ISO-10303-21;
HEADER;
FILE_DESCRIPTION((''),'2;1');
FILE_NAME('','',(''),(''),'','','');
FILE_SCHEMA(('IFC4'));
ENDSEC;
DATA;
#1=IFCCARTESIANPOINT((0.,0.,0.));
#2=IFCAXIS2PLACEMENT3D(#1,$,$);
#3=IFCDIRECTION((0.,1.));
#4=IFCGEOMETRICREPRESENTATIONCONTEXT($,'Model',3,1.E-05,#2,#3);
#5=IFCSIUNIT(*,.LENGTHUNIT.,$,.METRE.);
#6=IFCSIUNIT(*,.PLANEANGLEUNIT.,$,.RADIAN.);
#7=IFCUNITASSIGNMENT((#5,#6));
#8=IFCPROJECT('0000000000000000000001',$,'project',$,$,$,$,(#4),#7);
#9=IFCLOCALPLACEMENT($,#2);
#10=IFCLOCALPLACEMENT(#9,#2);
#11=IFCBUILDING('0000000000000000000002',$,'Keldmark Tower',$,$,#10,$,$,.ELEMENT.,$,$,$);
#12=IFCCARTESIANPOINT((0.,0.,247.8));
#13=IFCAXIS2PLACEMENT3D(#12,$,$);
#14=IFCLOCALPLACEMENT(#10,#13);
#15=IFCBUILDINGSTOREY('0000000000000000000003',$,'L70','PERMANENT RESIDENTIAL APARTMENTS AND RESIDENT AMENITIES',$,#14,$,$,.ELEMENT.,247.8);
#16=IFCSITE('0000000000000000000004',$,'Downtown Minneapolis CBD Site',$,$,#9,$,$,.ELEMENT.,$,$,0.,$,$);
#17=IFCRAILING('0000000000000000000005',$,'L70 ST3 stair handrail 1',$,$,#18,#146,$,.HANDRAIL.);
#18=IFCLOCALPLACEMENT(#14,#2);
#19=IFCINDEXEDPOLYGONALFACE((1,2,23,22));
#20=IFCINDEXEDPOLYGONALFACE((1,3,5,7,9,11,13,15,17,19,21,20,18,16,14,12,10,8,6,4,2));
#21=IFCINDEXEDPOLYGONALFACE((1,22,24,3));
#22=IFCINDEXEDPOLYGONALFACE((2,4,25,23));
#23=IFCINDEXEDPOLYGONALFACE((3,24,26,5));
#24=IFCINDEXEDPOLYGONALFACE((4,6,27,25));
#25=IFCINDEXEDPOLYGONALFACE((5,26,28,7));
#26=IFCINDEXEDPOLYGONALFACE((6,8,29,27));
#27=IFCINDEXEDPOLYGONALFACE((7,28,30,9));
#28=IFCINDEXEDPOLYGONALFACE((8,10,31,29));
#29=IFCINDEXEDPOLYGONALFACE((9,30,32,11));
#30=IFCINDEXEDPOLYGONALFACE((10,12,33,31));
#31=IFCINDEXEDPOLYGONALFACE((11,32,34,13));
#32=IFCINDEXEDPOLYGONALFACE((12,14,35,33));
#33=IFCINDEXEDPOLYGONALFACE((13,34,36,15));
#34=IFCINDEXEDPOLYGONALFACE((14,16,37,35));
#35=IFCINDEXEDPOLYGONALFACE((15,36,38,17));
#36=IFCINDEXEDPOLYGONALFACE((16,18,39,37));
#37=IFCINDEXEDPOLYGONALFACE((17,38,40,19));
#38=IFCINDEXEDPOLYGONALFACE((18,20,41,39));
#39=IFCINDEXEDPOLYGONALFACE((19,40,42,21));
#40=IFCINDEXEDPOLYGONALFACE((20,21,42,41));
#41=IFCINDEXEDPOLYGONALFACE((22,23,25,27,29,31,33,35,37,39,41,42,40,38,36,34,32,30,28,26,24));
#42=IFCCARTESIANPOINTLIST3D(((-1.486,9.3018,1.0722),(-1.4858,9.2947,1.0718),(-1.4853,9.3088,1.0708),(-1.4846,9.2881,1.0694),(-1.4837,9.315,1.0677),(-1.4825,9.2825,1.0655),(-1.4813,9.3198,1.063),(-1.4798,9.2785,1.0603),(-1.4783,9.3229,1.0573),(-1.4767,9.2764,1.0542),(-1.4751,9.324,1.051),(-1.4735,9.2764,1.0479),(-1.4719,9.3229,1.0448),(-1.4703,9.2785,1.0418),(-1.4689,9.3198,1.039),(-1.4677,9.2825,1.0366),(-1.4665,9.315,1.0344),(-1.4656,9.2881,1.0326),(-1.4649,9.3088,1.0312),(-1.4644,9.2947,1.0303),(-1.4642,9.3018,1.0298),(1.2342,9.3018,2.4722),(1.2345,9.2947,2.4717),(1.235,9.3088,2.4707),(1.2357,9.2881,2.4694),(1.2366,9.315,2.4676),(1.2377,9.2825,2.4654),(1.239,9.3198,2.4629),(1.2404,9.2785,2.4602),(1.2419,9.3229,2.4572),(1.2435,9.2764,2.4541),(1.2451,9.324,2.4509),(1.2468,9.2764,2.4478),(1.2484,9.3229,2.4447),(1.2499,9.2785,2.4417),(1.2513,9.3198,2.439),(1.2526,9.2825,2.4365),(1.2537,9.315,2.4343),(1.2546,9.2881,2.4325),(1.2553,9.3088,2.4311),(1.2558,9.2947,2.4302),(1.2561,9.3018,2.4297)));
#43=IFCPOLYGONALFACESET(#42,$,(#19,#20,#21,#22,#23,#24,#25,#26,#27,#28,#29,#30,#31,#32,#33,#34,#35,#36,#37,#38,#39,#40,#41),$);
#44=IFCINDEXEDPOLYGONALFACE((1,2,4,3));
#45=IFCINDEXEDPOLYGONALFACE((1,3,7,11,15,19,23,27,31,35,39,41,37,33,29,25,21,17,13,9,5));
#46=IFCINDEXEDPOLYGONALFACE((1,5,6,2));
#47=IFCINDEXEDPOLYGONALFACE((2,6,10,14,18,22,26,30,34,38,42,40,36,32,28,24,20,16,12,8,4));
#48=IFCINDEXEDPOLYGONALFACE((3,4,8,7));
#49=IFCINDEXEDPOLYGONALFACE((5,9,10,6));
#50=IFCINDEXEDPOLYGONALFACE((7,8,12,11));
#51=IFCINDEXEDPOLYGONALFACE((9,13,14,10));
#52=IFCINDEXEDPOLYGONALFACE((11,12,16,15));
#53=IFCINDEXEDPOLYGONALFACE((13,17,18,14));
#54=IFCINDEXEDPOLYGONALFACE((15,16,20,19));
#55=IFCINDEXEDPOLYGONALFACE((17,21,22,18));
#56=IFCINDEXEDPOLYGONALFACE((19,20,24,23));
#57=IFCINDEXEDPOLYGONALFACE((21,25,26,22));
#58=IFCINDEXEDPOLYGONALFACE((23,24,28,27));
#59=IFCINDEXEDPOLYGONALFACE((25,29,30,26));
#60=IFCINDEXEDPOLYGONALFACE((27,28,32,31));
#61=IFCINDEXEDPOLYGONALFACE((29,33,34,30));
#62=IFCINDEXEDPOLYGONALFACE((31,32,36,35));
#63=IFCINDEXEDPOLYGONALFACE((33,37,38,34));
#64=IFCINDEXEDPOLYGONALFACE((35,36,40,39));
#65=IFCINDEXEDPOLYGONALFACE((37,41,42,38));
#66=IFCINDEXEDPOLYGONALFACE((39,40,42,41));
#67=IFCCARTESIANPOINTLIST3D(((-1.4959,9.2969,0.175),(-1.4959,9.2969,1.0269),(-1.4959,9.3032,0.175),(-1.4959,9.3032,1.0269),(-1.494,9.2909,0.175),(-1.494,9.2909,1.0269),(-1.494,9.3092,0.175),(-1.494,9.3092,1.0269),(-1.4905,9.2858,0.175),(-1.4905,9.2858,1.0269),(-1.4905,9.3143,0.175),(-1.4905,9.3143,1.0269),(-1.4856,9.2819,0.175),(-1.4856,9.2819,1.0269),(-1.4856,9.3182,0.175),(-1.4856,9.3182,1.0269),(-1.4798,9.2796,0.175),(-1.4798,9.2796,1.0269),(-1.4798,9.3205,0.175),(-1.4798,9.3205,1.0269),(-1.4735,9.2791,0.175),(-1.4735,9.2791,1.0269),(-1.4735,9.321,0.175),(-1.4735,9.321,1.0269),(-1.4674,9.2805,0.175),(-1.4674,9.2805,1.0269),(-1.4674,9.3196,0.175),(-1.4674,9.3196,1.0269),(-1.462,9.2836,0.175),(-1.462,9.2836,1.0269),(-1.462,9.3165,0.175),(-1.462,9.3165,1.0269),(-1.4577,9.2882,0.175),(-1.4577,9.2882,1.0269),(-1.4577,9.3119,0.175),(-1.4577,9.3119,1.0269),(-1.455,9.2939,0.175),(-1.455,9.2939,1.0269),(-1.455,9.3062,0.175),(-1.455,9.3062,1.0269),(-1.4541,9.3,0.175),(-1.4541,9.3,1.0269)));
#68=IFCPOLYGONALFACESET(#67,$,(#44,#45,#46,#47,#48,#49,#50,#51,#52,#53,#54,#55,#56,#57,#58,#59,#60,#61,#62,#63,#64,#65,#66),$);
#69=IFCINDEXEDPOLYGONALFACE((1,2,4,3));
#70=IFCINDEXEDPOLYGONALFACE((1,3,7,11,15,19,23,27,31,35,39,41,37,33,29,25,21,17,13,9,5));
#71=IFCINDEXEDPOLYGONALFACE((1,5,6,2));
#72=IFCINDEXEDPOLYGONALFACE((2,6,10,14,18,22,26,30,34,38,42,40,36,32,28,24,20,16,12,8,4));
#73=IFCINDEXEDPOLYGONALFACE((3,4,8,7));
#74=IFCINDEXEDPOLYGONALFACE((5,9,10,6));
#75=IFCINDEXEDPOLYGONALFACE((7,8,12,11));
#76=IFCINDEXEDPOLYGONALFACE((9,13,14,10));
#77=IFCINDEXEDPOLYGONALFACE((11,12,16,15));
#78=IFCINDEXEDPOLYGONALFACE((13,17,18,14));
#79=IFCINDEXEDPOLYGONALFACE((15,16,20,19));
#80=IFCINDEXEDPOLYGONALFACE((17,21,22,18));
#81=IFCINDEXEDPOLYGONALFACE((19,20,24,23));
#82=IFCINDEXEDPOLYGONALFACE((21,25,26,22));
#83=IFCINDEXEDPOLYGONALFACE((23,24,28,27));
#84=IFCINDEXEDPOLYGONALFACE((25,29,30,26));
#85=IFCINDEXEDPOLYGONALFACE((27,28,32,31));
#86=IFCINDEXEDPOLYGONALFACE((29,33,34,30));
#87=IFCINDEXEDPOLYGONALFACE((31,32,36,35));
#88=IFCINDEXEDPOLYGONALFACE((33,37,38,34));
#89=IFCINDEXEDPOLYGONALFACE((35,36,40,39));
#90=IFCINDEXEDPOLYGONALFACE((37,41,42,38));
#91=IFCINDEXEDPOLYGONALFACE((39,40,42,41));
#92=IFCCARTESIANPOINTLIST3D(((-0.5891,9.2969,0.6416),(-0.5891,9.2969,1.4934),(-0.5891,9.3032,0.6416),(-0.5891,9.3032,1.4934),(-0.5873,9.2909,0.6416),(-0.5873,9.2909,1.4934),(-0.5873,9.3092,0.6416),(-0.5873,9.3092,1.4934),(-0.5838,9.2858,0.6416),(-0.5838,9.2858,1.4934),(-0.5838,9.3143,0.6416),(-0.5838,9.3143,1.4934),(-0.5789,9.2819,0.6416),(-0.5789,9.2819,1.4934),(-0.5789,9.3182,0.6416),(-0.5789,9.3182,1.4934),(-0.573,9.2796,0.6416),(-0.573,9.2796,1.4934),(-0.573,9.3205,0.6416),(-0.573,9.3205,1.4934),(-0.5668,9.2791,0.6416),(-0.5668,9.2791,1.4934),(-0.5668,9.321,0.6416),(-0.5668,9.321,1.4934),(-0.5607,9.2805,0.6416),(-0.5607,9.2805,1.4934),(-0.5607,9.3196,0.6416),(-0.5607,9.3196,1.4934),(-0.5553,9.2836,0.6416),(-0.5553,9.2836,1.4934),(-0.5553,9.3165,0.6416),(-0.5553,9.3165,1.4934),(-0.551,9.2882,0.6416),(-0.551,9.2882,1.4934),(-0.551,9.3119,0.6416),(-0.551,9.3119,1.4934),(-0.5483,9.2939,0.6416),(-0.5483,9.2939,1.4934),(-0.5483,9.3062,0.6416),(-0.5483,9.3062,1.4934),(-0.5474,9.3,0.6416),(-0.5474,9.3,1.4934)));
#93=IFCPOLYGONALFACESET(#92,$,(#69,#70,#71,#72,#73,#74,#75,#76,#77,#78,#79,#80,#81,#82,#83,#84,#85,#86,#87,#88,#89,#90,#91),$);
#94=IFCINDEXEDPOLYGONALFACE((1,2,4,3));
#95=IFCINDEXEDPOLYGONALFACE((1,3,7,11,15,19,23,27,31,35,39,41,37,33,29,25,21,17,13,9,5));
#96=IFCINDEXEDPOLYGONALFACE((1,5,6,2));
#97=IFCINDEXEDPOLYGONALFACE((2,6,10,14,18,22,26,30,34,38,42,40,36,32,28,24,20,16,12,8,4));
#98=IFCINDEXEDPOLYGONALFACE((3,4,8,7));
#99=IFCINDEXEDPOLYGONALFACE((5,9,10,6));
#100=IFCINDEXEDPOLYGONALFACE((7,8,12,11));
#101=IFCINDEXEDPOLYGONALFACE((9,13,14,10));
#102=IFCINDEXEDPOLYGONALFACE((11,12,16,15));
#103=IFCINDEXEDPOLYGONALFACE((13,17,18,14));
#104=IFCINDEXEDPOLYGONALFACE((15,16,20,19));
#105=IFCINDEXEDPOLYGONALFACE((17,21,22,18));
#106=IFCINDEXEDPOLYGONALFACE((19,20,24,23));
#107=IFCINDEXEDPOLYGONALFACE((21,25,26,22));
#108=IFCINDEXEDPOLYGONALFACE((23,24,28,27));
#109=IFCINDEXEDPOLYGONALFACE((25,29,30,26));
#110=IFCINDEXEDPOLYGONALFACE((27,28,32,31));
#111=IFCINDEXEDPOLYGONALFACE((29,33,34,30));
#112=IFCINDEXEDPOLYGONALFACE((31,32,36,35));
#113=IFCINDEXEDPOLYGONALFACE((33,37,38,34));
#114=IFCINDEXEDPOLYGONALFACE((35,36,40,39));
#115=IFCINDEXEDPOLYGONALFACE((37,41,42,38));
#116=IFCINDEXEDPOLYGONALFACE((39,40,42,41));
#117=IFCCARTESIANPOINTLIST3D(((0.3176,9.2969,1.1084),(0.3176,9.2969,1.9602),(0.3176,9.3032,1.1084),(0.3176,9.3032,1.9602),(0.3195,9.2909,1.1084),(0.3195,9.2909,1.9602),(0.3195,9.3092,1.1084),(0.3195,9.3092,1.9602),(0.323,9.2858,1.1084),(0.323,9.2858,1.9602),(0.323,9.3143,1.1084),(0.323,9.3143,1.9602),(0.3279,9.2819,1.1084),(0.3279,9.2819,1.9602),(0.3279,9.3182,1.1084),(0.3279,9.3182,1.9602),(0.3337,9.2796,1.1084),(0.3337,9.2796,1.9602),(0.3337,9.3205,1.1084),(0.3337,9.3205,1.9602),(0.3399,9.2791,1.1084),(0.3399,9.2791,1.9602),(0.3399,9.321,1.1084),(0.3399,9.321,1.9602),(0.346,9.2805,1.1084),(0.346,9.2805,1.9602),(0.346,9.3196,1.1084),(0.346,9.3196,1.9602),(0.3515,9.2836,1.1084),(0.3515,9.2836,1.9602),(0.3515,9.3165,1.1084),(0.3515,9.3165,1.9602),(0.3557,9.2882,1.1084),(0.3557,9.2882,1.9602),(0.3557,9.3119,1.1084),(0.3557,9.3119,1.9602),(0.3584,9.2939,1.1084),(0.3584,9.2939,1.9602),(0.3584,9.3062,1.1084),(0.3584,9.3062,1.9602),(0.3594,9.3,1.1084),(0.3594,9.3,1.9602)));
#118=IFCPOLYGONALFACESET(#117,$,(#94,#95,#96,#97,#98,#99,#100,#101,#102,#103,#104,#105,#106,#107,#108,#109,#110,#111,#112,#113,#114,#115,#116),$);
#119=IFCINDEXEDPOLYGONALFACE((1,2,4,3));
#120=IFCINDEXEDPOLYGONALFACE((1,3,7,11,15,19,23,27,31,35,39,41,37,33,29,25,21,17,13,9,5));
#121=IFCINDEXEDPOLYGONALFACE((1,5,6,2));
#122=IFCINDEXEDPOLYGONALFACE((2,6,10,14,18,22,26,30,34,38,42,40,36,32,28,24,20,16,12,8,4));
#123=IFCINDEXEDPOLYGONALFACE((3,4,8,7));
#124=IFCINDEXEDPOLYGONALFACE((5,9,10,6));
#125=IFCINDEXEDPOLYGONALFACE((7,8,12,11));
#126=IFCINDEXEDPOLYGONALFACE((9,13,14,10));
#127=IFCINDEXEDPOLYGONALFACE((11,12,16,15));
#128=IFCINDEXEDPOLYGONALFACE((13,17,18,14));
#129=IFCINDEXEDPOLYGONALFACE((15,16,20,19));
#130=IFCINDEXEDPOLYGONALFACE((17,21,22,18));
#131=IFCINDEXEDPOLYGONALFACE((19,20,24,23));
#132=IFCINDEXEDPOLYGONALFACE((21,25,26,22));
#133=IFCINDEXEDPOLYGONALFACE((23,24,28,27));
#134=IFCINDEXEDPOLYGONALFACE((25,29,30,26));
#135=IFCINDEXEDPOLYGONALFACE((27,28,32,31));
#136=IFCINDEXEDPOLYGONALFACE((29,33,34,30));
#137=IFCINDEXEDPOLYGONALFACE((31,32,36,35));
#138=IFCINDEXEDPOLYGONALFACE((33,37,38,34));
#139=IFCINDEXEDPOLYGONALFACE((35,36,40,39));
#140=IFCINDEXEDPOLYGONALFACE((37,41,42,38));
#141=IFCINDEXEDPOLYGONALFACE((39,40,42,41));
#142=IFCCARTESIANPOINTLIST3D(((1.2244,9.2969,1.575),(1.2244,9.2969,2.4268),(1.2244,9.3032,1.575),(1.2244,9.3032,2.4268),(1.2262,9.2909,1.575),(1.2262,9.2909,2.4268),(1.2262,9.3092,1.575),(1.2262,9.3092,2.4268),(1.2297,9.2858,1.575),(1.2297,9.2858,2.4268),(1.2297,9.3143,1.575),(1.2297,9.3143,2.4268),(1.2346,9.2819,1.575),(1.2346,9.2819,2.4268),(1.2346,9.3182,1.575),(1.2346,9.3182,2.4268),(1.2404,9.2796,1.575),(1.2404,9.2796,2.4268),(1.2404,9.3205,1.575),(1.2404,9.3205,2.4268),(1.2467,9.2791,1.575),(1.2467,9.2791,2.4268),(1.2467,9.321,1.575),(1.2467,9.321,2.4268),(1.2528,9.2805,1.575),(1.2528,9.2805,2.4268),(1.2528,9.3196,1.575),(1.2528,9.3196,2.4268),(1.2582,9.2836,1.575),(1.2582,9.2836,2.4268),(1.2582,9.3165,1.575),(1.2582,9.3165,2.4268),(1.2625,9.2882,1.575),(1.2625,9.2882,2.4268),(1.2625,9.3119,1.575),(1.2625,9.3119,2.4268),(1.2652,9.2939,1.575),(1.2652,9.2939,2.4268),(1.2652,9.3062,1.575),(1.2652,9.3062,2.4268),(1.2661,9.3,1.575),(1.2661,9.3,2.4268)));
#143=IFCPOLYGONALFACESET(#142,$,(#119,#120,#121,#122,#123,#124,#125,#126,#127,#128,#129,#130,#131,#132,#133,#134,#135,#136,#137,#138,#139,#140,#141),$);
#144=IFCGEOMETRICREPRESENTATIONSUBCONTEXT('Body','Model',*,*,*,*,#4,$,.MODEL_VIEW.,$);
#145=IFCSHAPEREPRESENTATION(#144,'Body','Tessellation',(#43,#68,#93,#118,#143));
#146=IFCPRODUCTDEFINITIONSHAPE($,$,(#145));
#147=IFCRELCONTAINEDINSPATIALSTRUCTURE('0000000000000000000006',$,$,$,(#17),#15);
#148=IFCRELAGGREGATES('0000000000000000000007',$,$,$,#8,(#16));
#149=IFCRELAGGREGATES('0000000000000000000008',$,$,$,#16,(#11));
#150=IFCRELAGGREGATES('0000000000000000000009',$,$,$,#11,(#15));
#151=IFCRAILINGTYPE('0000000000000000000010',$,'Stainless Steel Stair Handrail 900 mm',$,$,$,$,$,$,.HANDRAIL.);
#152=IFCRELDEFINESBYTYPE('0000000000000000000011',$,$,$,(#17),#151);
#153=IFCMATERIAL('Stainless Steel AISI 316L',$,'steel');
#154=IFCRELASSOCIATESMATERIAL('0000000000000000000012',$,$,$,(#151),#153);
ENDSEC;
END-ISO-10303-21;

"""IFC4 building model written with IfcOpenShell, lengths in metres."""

from ifc_helpers import new_model, si_unit, direction, frame, origin, origin_2d, place, context, subcontext, project, spatial, circle, extrude, material, type_object, element, save


model = new_model("IFC4")

# Units and contexts
model_context = context("Model", 3, precision=1e-05, world=origin(), true_north=direction((0.0, 1.0)))
body_context = subcontext(model_context, "Body", "Model", "MODEL_VIEW")
ifc_project = project(units=[si_unit("LENGTHUNIT", "METRE"), si_unit("PLANEANGLEUNIT", "RADIAN")], contexts=[model_context])

# Site, building, storey
site_placement = place(None, origin())
site = spatial("IfcSite", under=ifc_project, at=site_placement, Name="Downtown Minneapolis CBD Site", CompositionType="ELEMENT", RefElevation=0.0)
building_placement = place(site_placement, origin())
building = spatial("IfcBuilding", under=site, at=building_placement, Name="Keldmark Tower", CompositionType="ELEMENT")
storey_placement = place(building_placement, frame((0.0, 0.0, 247.8)))
storey = spatial("IfcBuildingStorey", under=building, at=storey_placement, Name="L70", Description="PERMANENT RESIDENTIAL APARTMENTS AND RESIDENT AMENITIES", CompositionType="ELEMENT", Elevation=247.8)

# Railing
ifc_material_1 = material(Name="Stainless Steel AISI 316L", Category="steel")
railing_type_1 = type_object("IfcRailingType", Name="Stainless Steel Stair Handrail 900 mm", PredefinedType="HANDRAIL", material=ifc_material_1)
railing_1_placement = place(storey_placement, frame((-1.4751, 9.3, 0.175)))
element("IfcRailing", 1, at=railing_1_placement, inside=storey, type_object=railing_type_1, Name="L70 ST3 stair handrail 1", PredefinedType="HANDRAIL", context=body_context, shape_type="SweptSolid", body=[
    extrude(circle(Radius=0.0239, at=origin_2d()), frame((0.0, 0.0, 0.876), z_axis=(0.889164, 0.0, 0.45759), x_axis=(0.0, 1.0, 0.0)), (0.0, 0.0, 1.0), 3.0593),
    extrude(circle(Radius=0.021, at=origin_2d()), origin(), (0.0, 0.0, 1.0), 0.8518),
    extrude(circle(Radius=0.021, at=origin_2d()), frame((0.9067, 0.0, 0.4666)), (0.0, 0.0, 1.0), 0.8518),
    extrude(circle(Radius=0.021, at=origin_2d()), frame((1.8135, 0.0, 0.9333)), (0.0, 0.0, 1.0), 0.8518),
    extrude(circle(Radius=0.021, at=origin_2d()), frame((2.7202, 0.0, 1.3999)), (0.0, 0.0, 1.0), 0.8518),
])

save(model, "model.ifc")
